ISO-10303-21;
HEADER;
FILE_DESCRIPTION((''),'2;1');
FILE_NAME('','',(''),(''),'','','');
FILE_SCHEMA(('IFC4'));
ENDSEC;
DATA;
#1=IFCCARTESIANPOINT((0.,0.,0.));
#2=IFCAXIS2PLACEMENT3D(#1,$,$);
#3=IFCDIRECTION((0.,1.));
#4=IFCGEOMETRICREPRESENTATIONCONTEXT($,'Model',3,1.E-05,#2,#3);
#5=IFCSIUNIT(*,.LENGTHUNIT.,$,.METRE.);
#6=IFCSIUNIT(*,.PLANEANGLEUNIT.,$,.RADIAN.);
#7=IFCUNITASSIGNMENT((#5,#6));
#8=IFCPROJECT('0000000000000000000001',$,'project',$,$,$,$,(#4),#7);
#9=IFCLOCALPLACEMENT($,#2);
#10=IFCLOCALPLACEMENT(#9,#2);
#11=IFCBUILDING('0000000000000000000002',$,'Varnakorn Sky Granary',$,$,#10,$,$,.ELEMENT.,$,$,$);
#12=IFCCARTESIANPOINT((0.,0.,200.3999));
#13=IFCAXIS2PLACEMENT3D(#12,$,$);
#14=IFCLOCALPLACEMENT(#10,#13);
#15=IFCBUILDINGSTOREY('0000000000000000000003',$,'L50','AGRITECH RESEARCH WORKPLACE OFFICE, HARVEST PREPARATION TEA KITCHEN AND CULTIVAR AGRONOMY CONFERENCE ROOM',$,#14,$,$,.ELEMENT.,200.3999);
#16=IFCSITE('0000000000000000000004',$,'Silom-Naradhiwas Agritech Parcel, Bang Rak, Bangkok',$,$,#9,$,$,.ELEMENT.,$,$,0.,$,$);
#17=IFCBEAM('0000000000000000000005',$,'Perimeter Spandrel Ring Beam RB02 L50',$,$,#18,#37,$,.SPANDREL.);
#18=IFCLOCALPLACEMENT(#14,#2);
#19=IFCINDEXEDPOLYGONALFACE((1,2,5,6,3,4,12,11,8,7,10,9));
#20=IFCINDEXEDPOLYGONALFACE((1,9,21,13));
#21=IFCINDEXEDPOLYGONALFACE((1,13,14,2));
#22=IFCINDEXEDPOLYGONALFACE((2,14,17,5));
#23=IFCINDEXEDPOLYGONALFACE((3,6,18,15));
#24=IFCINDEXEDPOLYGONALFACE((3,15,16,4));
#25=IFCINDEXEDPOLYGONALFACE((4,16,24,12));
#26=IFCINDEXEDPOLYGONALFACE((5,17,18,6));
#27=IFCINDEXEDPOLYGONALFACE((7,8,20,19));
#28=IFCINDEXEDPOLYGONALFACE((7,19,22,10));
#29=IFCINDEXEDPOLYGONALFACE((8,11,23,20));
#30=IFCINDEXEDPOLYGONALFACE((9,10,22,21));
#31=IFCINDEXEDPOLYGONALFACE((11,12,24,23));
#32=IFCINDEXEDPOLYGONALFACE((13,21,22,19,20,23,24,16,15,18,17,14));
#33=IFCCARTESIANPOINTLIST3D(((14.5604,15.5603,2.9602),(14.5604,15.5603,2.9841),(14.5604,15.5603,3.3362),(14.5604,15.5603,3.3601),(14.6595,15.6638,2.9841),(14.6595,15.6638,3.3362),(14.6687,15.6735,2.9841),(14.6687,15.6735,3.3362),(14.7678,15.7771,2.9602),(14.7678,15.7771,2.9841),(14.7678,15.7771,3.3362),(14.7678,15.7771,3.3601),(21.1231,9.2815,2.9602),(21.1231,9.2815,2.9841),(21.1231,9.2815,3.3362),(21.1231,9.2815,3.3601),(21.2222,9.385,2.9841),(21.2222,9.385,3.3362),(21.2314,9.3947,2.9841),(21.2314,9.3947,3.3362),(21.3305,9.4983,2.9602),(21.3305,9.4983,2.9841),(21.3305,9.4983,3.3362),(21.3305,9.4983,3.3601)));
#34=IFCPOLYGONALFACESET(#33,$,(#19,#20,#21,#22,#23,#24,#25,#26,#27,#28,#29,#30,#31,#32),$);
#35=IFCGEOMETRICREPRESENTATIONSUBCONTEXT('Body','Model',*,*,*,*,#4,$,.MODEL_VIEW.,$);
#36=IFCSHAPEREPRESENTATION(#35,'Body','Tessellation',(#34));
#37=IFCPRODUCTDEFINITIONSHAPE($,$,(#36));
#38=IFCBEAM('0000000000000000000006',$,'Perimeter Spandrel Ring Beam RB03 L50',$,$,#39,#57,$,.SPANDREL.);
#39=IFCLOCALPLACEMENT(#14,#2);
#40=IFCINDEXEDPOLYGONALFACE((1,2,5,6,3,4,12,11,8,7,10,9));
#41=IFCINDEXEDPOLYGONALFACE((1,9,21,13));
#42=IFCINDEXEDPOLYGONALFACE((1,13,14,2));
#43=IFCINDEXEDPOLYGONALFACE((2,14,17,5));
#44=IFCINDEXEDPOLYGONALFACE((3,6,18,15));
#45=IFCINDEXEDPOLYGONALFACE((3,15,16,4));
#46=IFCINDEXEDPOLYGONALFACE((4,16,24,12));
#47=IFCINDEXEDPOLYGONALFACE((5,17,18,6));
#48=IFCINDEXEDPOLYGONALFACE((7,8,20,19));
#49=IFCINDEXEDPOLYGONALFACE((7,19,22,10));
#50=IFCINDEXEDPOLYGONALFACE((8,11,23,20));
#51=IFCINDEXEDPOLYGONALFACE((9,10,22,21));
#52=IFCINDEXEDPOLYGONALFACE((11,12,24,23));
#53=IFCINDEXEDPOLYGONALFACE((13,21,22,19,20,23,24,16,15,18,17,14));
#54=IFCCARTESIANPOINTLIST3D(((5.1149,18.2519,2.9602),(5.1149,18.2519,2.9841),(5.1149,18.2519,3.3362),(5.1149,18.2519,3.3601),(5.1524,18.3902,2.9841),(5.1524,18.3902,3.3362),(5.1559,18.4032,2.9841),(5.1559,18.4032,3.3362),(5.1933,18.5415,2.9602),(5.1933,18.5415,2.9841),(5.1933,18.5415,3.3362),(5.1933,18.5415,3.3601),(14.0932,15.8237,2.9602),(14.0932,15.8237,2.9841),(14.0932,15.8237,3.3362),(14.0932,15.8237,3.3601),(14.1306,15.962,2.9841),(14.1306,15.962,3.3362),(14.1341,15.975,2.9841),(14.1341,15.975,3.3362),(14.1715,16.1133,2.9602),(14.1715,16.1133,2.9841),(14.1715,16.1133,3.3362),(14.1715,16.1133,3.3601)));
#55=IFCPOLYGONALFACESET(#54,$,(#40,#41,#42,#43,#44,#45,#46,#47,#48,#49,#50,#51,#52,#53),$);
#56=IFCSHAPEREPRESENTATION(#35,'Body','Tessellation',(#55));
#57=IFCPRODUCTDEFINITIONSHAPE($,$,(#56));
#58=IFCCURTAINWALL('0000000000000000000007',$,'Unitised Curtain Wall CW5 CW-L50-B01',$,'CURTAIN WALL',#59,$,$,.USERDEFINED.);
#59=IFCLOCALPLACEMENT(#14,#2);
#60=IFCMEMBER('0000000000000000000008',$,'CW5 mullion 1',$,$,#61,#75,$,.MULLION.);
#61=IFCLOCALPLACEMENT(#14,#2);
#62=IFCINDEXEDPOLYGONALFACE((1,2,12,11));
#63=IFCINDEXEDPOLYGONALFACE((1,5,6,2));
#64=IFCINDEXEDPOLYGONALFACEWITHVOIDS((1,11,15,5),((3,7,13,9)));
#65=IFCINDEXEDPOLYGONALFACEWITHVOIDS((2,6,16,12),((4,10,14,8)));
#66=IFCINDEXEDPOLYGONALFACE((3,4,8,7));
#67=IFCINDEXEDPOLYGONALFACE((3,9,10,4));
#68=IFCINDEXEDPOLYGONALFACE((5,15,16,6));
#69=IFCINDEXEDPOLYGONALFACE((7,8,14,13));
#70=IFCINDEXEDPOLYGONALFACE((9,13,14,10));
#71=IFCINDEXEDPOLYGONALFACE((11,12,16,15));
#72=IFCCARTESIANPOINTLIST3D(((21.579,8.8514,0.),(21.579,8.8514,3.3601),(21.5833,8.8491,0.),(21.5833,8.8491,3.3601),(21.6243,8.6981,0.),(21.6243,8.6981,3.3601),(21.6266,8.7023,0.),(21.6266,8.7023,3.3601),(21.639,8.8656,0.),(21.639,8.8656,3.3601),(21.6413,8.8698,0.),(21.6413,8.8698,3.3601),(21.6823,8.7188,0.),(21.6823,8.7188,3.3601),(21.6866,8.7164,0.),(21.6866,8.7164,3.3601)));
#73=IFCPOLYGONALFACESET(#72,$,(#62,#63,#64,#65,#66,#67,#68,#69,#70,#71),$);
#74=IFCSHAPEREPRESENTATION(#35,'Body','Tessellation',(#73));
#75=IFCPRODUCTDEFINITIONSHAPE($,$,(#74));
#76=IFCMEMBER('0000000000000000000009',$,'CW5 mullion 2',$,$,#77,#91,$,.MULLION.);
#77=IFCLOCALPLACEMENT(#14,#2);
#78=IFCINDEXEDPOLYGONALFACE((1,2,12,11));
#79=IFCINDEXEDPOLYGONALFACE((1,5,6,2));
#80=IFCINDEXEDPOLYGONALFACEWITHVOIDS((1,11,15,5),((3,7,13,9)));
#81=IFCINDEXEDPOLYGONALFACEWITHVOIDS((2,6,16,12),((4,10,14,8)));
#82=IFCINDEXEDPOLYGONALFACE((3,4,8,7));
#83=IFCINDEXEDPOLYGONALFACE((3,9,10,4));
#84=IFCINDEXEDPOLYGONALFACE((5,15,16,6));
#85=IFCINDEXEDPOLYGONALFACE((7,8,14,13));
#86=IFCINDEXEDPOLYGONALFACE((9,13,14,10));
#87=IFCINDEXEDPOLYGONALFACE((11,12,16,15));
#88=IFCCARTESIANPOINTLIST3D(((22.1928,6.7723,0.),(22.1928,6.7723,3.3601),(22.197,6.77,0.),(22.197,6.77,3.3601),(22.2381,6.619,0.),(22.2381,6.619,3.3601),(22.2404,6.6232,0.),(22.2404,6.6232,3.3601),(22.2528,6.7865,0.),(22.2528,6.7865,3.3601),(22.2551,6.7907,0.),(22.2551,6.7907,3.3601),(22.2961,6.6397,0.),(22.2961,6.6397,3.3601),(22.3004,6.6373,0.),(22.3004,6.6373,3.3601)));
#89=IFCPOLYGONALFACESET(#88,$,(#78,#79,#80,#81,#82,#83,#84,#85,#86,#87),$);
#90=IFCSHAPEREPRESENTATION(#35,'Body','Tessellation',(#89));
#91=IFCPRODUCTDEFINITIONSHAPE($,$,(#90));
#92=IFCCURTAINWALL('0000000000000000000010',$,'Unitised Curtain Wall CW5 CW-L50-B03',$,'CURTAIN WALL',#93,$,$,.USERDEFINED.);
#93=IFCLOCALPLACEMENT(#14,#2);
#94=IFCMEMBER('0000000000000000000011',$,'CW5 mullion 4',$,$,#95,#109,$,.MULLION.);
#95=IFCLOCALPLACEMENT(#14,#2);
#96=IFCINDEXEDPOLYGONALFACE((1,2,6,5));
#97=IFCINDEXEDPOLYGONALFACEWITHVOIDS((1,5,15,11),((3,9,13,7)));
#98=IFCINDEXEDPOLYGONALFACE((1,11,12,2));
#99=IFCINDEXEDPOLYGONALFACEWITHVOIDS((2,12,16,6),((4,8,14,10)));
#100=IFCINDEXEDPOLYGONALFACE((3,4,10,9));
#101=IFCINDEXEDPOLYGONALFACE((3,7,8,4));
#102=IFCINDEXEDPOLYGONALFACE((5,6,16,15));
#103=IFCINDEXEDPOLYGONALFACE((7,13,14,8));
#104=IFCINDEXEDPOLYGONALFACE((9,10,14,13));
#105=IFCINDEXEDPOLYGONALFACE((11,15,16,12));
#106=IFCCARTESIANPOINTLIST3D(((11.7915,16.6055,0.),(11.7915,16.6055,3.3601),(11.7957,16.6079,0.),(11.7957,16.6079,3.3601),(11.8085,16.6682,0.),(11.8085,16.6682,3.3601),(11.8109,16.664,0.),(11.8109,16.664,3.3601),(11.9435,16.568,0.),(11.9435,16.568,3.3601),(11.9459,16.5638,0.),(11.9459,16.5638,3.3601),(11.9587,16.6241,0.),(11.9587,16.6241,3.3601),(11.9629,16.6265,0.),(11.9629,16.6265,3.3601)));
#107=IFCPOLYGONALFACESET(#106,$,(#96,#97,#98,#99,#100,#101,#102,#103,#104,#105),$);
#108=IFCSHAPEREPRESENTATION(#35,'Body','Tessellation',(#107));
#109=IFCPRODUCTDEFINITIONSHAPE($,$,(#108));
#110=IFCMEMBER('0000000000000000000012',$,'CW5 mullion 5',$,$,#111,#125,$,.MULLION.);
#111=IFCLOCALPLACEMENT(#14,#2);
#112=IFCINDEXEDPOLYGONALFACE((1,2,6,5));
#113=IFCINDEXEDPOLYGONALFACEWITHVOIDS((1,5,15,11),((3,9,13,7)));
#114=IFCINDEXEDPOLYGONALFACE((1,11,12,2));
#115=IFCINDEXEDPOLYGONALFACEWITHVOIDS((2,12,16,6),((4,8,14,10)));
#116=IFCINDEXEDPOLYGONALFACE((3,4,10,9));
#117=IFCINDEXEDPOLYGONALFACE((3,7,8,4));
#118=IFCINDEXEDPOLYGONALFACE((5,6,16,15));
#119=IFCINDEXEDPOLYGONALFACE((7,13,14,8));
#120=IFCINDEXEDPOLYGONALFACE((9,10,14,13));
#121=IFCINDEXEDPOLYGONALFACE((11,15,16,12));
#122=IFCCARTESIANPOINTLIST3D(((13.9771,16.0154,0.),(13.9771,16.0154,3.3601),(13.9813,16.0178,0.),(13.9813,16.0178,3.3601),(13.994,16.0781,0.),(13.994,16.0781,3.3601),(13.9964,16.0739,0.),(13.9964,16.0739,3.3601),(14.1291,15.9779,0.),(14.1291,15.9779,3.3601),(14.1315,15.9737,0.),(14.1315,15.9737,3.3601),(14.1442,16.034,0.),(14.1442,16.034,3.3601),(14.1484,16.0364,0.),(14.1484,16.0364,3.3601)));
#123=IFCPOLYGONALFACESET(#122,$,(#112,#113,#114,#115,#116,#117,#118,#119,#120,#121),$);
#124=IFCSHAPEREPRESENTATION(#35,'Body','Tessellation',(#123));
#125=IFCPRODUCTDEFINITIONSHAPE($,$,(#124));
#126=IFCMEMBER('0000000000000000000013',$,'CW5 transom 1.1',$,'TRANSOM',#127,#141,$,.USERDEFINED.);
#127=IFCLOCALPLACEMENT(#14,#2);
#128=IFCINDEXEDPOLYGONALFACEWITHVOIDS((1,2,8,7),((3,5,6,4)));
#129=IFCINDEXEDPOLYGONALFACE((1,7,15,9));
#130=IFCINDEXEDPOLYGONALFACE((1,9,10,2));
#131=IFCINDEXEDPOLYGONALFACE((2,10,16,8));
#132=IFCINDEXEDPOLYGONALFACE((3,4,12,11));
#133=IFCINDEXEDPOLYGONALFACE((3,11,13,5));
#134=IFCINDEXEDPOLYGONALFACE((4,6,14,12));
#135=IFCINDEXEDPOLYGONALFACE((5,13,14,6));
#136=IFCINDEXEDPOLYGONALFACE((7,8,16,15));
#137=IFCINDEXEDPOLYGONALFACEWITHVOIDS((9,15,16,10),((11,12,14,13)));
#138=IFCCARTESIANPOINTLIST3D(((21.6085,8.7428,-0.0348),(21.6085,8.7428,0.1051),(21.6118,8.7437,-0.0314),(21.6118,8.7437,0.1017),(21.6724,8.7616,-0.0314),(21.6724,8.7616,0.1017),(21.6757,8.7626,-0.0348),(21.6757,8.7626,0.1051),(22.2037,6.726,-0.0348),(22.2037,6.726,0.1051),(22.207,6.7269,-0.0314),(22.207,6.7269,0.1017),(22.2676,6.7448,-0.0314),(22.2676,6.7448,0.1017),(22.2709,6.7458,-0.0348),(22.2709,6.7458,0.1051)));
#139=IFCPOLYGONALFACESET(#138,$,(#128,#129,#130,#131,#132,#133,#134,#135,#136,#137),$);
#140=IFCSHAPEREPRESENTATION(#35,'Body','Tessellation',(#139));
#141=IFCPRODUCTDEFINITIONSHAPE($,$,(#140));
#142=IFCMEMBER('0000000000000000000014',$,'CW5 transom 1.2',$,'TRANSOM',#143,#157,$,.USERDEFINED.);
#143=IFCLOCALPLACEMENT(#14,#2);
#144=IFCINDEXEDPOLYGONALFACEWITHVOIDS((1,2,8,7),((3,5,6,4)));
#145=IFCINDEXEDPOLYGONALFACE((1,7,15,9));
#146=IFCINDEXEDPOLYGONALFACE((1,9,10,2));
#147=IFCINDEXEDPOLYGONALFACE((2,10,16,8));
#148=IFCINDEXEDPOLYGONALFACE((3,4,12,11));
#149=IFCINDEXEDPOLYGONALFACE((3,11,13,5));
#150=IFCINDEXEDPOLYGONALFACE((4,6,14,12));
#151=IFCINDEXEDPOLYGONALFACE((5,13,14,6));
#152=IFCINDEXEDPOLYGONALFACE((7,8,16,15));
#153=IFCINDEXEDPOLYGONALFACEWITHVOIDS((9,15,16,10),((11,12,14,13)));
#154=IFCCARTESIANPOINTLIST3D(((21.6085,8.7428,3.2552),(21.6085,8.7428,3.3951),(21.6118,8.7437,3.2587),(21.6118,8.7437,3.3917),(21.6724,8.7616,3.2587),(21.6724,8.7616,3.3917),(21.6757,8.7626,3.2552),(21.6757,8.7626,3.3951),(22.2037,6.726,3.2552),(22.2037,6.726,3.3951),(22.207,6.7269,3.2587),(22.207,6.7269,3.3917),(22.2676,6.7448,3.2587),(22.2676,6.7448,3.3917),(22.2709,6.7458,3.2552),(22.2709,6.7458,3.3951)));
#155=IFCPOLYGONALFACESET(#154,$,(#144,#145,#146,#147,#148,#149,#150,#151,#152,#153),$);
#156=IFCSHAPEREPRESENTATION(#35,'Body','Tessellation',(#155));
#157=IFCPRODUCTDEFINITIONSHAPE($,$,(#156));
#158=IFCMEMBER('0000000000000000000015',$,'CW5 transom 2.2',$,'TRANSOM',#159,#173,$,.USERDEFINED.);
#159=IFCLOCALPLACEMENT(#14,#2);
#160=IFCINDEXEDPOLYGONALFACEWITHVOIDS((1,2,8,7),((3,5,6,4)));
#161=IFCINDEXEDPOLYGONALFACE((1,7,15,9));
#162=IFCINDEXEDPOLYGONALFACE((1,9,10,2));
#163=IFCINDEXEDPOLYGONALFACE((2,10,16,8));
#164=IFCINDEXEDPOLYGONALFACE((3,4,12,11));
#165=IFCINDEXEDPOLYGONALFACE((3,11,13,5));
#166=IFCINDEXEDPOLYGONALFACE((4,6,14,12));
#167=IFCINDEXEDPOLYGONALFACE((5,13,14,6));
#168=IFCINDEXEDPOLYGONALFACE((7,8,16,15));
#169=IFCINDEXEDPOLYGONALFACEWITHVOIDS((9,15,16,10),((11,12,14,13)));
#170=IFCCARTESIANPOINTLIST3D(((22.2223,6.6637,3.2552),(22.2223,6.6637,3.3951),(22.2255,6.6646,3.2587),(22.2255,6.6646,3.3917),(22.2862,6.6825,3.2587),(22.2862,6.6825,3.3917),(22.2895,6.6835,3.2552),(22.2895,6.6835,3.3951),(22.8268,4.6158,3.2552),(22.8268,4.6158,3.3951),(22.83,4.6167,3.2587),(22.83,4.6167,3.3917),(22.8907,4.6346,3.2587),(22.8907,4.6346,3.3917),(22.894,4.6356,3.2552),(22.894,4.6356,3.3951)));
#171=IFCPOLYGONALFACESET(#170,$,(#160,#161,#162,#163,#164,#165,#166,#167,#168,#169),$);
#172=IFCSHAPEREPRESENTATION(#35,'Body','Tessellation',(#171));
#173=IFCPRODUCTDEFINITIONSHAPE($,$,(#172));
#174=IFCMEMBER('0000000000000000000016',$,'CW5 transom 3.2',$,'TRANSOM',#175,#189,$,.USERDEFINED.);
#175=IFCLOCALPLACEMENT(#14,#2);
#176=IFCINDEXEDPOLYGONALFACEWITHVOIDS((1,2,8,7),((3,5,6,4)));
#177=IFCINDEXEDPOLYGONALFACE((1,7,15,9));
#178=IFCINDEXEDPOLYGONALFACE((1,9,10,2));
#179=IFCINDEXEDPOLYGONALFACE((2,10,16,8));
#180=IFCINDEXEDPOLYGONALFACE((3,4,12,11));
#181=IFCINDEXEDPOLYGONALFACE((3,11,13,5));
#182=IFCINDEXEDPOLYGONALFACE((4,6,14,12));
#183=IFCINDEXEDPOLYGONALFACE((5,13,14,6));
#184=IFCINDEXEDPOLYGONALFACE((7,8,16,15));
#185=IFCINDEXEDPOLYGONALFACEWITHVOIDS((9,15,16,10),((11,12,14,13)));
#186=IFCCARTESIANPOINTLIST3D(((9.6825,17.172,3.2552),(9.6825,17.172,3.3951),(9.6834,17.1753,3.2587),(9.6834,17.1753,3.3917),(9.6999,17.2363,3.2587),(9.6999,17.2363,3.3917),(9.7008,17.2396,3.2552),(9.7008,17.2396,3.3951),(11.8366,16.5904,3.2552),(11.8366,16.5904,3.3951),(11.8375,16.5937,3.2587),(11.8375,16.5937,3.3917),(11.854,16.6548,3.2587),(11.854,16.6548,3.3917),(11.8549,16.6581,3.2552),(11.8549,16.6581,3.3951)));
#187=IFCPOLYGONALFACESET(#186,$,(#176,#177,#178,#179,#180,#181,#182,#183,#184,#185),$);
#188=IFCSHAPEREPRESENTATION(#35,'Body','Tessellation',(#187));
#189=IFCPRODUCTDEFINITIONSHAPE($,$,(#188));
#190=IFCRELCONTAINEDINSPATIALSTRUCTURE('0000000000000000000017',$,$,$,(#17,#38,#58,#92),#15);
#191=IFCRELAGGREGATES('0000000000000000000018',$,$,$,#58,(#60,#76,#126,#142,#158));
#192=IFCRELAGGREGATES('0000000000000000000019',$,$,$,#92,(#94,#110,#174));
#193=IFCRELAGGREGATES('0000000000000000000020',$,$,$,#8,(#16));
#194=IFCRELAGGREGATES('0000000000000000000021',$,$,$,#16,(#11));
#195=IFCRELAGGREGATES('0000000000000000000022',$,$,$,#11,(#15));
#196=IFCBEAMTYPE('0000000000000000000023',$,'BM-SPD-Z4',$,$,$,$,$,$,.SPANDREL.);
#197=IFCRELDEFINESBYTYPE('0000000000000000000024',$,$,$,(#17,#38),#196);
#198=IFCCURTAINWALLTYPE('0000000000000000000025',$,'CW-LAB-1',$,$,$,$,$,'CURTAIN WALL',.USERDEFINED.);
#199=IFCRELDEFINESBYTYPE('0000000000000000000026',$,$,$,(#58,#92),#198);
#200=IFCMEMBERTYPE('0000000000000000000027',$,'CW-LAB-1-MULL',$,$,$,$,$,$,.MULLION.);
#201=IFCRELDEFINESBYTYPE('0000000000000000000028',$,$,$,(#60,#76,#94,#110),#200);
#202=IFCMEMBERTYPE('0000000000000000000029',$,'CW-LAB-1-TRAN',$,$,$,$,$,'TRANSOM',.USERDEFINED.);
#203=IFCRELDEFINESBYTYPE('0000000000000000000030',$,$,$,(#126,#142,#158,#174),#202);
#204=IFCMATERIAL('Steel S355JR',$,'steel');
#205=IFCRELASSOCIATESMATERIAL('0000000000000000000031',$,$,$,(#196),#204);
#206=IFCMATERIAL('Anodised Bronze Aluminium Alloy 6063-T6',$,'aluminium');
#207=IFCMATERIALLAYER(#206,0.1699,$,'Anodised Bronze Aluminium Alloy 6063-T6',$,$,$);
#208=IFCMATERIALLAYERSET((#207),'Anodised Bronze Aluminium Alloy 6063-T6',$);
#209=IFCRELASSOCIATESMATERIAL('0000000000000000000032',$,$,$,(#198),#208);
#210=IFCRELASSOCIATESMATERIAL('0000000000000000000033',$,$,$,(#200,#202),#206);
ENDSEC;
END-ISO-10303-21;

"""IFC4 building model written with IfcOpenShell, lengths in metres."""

from ifc_helpers import new_model, si_unit, direction, frame, origin, origin_2d, place, context, subcontext, project, spatial, hollow_rectangle, i_section, extrude, material, layer, layer_set, material_profile, profile_set, type_object, element, aggregate, save


model = new_model("IFC4")

# Units and contexts
model_context = context("Model", 3, precision=1e-05, world=origin(), true_north=direction((0.0, 1.0)))
body_context = subcontext(model_context, "Body", "Model", "MODEL_VIEW")
ifc_project = project(units=[si_unit("LENGTHUNIT", "METRE"), si_unit("PLANEANGLEUNIT", "RADIAN")], contexts=[model_context])

# Site, building, storey
site_placement = place(None, origin())
site = spatial("IfcSite", under=ifc_project, at=site_placement, Name="Silom-Naradhiwas Agritech Parcel, Bang Rak, Bangkok", CompositionType="ELEMENT", RefElevation=0.0)
building_placement = place(site_placement, origin())
building = spatial("IfcBuilding", under=site, at=building_placement, Name="Varnakorn Sky Granary", CompositionType="ELEMENT")
storey_placement = place(building_placement, frame((0.0, 0.0, 200.3999)))
storey = spatial("IfcBuildingStorey", under=building, at=storey_placement, Name="L50", Description="AGRITECH RESEARCH WORKPLACE OFFICE, HARVEST PREPARATION TEA KITCHEN AND CULTIVAR AGRONOMY CONFERENCE ROOM", CompositionType="ELEMENT", Elevation=200.3999)

# Beams
ifc_material_1 = material(Name="Steel S355JR", Category="steel")
ifc_material_profile_1 = material_profile(ifc_material_1, i_section(OverallWidth=0.3, OverallDepth=0.3999, WebThickness=0.0134, FlangeThickness=0.0239, at=origin_2d()), Name="HE 400 B")
ifc_profile_set_1 = profile_set([ifc_material_profile_1], Name="Steel S355JR")
beam_type_1 = type_object("IfcBeamType", Name="BM-SPD-Z4", PredefinedType="SPANDREL", material=ifc_profile_set_1)
beam_1_placement = place(storey_placement, frame((21.2268, 9.3899, 3.1602), z_axis=(-0.722565, 0.691303, 0.0), x_axis=(-0.691303, -0.722565, 0.0)))
element("IfcBeam", 1, at=beam_1_placement, inside=storey, type_object=beam_type_1, Name="Perimeter Spandrel Ring Beam RB02 L50", PredefinedType="SPANDREL", context=body_context, shape_type="SweptSolid", body=[
    extrude(i_section(OverallWidth=0.3, OverallDepth=0.3999, WebThickness=0.0134, FlangeThickness=0.0239, at=origin_2d()), origin(), (0.0, 0.0, 1.0), 9.0825),
])
beam_2_placement = place(storey_placement, frame((14.1323, 15.9685, 3.1602), z_axis=(-0.965318, 0.261076, 0.0), x_axis=(-0.261076, -0.965318, 0.0)))
element("IfcBeam", 2, at=beam_2_placement, inside=storey, type_object=beam_type_1, Name="Perimeter Spandrel Ring Beam RB03 L50", PredefinedType="SPANDREL", context=body_context, shape_type="SweptSolid", body=[
    extrude(i_section(OverallWidth=0.3, OverallDepth=0.3999, WebThickness=0.0134, FlangeThickness=0.0239, at=origin_2d()), origin(), (0.0, 0.0, 1.0), 9.3008),
])

# Curtain walls, members
ifc_material_2 = material(Name="Anodised Bronze Aluminium Alloy 6063-T6", Category="aluminium")
ifc_layer_1 = layer(ifc_material_2, 0.1699, Name="Anodised Bronze Aluminium Alloy 6063-T6")
ifc_layer_set_1 = layer_set([ifc_layer_1], Name="Anodised Bronze Aluminium Alloy 6063-T6")
curtain_wall_type = type_object("IfcCurtainWallType", Name="CW-LAB-1", ElementType="CURTAIN WALL", PredefinedType="USERDEFINED", material=ifc_layer_set_1)
curtain_wall_1_placement = place(storey_placement, origin())
curtain_wall_1 = element("IfcCurtainWall", 3, at=curtain_wall_1_placement, inside=storey, type_object=curtain_wall_type, Name="Unitised Curtain Wall CW5 CW-L50-B01", ObjectType="CURTAIN WALL", PredefinedType="USERDEFINED")
ifc_material_profile_2 = material_profile(ifc_material_2, hollow_rectangle(XDim=0.0649, YDim=0.1599, WallThickness=0.0034, at=origin_2d()), Name="ALU MULL 65x160")
ifc_profile_set_2 = profile_set([ifc_material_profile_2], Name="Anodised Bronze Aluminium Alloy 6063-T6")
member_type_1 = type_object("IfcMemberType", Name="CW-LAB-1-MULL", PredefinedType="MULLION", material=ifc_profile_set_2)
member_1_placement = place(storey_placement, frame((21.6328, 8.7839, 0.0), z_axis=(0.0, 0.0, 1.0), x_axis=(0.959077, 0.283144, 0.0)))
member_1 = element("IfcMember", 4, at=member_1_placement, type_object=member_type_1, Name="CW5 mullion 1", PredefinedType="MULLION", context=body_context, shape_type="SweptSolid", body=[
    extrude(hollow_rectangle(XDim=0.0649, YDim=0.1599, WallThickness=0.0034, at=origin_2d()), origin(), (0.0, 0.0, 1.0), 3.3601),
])
member_2_placement = place(storey_placement, frame((22.2466, 6.7048, 0.0), z_axis=(0.0, 0.0, 1.0), x_axis=(0.959077, 0.283144, 0.0)))
member_2 = element("IfcMember", 5, at=member_2_placement, type_object=member_type_1, Name="CW5 mullion 2", PredefinedType="MULLION", context=body_context, shape_type="SweptSolid", body=[
    extrude(hollow_rectangle(XDim=0.0649, YDim=0.1599, WallThickness=0.0034, at=origin_2d()), origin(), (0.0, 0.0, 1.0), 3.3601),
])
curtain_wall_2_placement = place(storey_placement, origin())
curtain_wall_2 = element("IfcCurtainWall", 6, at=curtain_wall_2_placement, inside=storey, type_object=curtain_wall_type, Name="Unitised Curtain Wall CW5 CW-L50-B03", ObjectType="CURTAIN WALL", PredefinedType="USERDEFINED")
member_3_placement = place(storey_placement, frame((11.8772, 16.616, 0.0), z_axis=(0.0, 0.0, 1.0), x_axis=(0.260643, 0.965435, 0.0)))
member_3 = element("IfcMember", 7, at=member_3_placement, type_object=member_type_1, Name="CW5 mullion 4", PredefinedType="MULLION", context=body_context, shape_type="SweptSolid", body=[
    extrude(hollow_rectangle(XDim=0.0649, YDim=0.1599, WallThickness=0.0034, at=origin_2d()), origin(), (0.0, 0.0, 1.0), 3.3601),
])
member_4_placement = place(storey_placement, frame((14.0627, 16.0259, 0.0), z_axis=(0.0, 0.0, 1.0), x_axis=(0.260643, 0.965435, 0.0)))
member_4 = element("IfcMember", 8, at=member_4_placement, type_object=member_type_1, Name="CW5 mullion 5", PredefinedType="MULLION", context=body_context, shape_type="SweptSolid", body=[
    extrude(hollow_rectangle(XDim=0.0649, YDim=0.1599, WallThickness=0.0034, at=origin_2d()), origin(), (0.0, 0.0, 1.0), 3.3601),
])

# Members
ifc_material_profile_3 = material_profile(ifc_material_2, hollow_rectangle(XDim=0.0701, YDim=0.1399, WallThickness=0.0034, at=origin_2d()), Name="ALU TRAN 70x140")
ifc_profile_set_3 = profile_set([ifc_material_profile_3], Name="Anodised Bronze Aluminium Alloy 6063-T6")
member_type_2 = type_object("IfcMemberType", Name="CW-LAB-1-TRAN", ElementType="TRANSOM", PredefinedType="USERDEFINED", material=ifc_profile_set_3)
member_5_placement = place(storey_placement, frame((21.6421, 8.7527, 0.0352), z_axis=(0.283052, -0.959104, 0.0), x_axis=(0.959104, 0.283052, 0.0)))
member_5 = element("IfcMember", 9, at=member_5_placement, type_object=member_type_2, Name="CW5 transom 1.1", ObjectType="TRANSOM", PredefinedType="USERDEFINED", context=body_context, shape_type="SweptSolid", body=[
    extrude(hollow_rectangle(XDim=0.0701, YDim=0.1399, WallThickness=0.0034, at=origin_2d()), origin(), (0.0, 0.0, 1.0), 2.1028),
])
member_6_placement = place(storey_placement, frame((21.6421, 8.7527, 3.3252), z_axis=(0.283052, -0.959104, 0.0), x_axis=(0.959104, 0.283052, 0.0)))
member_6 = element("IfcMember", 10, at=member_6_placement, type_object=member_type_2, Name="CW5 transom 1.2", ObjectType="TRANSOM", PredefinedType="USERDEFINED", context=body_context, shape_type="SweptSolid", body=[
    extrude(hollow_rectangle(XDim=0.0701, YDim=0.1399, WallThickness=0.0034, at=origin_2d()), origin(), (0.0, 0.0, 1.0), 2.1028),
])
member_7_placement = place(storey_placement, frame((22.2559, 6.6736, 3.3252), z_axis=(0.283107, -0.959088, 0.0), x_axis=(0.959088, 0.283107, 0.0)))
member_7 = element("IfcMember", 11, at=member_7_placement, type_object=member_type_2, Name="CW5 transom 2.2", ObjectType="TRANSOM", PredefinedType="USERDEFINED", context=body_context, shape_type="SweptSolid", body=[
    extrude(hollow_rectangle(XDim=0.0701, YDim=0.1399, WallThickness=0.0034, at=origin_2d()), origin(), (0.0, 0.0, 1.0), 2.1353),
])
member_8_placement = place(storey_placement, frame((9.6917, 17.2058, 3.3252), z_axis=(0.965435, -0.260644, 0.0), x_axis=(0.260644, 0.965435, 0.0)))
member_8 = element("IfcMember", 12, at=member_8_placement, type_object=member_type_2, Name="CW5 transom 3.2", ObjectType="TRANSOM", PredefinedType="USERDEFINED", context=body_context, shape_type="SweptSolid", body=[
    extrude(hollow_rectangle(XDim=0.0701, YDim=0.1399, WallThickness=0.0034, at=origin_2d()), origin(), (0.0, 0.0, 1.0), 2.2312),
])

aggregate(curtain_wall_1, [member_1, member_2, member_5, member_6, member_7])
aggregate(curtain_wall_2, [member_3, member_4, member_8])

save(model, "model.ifc")
